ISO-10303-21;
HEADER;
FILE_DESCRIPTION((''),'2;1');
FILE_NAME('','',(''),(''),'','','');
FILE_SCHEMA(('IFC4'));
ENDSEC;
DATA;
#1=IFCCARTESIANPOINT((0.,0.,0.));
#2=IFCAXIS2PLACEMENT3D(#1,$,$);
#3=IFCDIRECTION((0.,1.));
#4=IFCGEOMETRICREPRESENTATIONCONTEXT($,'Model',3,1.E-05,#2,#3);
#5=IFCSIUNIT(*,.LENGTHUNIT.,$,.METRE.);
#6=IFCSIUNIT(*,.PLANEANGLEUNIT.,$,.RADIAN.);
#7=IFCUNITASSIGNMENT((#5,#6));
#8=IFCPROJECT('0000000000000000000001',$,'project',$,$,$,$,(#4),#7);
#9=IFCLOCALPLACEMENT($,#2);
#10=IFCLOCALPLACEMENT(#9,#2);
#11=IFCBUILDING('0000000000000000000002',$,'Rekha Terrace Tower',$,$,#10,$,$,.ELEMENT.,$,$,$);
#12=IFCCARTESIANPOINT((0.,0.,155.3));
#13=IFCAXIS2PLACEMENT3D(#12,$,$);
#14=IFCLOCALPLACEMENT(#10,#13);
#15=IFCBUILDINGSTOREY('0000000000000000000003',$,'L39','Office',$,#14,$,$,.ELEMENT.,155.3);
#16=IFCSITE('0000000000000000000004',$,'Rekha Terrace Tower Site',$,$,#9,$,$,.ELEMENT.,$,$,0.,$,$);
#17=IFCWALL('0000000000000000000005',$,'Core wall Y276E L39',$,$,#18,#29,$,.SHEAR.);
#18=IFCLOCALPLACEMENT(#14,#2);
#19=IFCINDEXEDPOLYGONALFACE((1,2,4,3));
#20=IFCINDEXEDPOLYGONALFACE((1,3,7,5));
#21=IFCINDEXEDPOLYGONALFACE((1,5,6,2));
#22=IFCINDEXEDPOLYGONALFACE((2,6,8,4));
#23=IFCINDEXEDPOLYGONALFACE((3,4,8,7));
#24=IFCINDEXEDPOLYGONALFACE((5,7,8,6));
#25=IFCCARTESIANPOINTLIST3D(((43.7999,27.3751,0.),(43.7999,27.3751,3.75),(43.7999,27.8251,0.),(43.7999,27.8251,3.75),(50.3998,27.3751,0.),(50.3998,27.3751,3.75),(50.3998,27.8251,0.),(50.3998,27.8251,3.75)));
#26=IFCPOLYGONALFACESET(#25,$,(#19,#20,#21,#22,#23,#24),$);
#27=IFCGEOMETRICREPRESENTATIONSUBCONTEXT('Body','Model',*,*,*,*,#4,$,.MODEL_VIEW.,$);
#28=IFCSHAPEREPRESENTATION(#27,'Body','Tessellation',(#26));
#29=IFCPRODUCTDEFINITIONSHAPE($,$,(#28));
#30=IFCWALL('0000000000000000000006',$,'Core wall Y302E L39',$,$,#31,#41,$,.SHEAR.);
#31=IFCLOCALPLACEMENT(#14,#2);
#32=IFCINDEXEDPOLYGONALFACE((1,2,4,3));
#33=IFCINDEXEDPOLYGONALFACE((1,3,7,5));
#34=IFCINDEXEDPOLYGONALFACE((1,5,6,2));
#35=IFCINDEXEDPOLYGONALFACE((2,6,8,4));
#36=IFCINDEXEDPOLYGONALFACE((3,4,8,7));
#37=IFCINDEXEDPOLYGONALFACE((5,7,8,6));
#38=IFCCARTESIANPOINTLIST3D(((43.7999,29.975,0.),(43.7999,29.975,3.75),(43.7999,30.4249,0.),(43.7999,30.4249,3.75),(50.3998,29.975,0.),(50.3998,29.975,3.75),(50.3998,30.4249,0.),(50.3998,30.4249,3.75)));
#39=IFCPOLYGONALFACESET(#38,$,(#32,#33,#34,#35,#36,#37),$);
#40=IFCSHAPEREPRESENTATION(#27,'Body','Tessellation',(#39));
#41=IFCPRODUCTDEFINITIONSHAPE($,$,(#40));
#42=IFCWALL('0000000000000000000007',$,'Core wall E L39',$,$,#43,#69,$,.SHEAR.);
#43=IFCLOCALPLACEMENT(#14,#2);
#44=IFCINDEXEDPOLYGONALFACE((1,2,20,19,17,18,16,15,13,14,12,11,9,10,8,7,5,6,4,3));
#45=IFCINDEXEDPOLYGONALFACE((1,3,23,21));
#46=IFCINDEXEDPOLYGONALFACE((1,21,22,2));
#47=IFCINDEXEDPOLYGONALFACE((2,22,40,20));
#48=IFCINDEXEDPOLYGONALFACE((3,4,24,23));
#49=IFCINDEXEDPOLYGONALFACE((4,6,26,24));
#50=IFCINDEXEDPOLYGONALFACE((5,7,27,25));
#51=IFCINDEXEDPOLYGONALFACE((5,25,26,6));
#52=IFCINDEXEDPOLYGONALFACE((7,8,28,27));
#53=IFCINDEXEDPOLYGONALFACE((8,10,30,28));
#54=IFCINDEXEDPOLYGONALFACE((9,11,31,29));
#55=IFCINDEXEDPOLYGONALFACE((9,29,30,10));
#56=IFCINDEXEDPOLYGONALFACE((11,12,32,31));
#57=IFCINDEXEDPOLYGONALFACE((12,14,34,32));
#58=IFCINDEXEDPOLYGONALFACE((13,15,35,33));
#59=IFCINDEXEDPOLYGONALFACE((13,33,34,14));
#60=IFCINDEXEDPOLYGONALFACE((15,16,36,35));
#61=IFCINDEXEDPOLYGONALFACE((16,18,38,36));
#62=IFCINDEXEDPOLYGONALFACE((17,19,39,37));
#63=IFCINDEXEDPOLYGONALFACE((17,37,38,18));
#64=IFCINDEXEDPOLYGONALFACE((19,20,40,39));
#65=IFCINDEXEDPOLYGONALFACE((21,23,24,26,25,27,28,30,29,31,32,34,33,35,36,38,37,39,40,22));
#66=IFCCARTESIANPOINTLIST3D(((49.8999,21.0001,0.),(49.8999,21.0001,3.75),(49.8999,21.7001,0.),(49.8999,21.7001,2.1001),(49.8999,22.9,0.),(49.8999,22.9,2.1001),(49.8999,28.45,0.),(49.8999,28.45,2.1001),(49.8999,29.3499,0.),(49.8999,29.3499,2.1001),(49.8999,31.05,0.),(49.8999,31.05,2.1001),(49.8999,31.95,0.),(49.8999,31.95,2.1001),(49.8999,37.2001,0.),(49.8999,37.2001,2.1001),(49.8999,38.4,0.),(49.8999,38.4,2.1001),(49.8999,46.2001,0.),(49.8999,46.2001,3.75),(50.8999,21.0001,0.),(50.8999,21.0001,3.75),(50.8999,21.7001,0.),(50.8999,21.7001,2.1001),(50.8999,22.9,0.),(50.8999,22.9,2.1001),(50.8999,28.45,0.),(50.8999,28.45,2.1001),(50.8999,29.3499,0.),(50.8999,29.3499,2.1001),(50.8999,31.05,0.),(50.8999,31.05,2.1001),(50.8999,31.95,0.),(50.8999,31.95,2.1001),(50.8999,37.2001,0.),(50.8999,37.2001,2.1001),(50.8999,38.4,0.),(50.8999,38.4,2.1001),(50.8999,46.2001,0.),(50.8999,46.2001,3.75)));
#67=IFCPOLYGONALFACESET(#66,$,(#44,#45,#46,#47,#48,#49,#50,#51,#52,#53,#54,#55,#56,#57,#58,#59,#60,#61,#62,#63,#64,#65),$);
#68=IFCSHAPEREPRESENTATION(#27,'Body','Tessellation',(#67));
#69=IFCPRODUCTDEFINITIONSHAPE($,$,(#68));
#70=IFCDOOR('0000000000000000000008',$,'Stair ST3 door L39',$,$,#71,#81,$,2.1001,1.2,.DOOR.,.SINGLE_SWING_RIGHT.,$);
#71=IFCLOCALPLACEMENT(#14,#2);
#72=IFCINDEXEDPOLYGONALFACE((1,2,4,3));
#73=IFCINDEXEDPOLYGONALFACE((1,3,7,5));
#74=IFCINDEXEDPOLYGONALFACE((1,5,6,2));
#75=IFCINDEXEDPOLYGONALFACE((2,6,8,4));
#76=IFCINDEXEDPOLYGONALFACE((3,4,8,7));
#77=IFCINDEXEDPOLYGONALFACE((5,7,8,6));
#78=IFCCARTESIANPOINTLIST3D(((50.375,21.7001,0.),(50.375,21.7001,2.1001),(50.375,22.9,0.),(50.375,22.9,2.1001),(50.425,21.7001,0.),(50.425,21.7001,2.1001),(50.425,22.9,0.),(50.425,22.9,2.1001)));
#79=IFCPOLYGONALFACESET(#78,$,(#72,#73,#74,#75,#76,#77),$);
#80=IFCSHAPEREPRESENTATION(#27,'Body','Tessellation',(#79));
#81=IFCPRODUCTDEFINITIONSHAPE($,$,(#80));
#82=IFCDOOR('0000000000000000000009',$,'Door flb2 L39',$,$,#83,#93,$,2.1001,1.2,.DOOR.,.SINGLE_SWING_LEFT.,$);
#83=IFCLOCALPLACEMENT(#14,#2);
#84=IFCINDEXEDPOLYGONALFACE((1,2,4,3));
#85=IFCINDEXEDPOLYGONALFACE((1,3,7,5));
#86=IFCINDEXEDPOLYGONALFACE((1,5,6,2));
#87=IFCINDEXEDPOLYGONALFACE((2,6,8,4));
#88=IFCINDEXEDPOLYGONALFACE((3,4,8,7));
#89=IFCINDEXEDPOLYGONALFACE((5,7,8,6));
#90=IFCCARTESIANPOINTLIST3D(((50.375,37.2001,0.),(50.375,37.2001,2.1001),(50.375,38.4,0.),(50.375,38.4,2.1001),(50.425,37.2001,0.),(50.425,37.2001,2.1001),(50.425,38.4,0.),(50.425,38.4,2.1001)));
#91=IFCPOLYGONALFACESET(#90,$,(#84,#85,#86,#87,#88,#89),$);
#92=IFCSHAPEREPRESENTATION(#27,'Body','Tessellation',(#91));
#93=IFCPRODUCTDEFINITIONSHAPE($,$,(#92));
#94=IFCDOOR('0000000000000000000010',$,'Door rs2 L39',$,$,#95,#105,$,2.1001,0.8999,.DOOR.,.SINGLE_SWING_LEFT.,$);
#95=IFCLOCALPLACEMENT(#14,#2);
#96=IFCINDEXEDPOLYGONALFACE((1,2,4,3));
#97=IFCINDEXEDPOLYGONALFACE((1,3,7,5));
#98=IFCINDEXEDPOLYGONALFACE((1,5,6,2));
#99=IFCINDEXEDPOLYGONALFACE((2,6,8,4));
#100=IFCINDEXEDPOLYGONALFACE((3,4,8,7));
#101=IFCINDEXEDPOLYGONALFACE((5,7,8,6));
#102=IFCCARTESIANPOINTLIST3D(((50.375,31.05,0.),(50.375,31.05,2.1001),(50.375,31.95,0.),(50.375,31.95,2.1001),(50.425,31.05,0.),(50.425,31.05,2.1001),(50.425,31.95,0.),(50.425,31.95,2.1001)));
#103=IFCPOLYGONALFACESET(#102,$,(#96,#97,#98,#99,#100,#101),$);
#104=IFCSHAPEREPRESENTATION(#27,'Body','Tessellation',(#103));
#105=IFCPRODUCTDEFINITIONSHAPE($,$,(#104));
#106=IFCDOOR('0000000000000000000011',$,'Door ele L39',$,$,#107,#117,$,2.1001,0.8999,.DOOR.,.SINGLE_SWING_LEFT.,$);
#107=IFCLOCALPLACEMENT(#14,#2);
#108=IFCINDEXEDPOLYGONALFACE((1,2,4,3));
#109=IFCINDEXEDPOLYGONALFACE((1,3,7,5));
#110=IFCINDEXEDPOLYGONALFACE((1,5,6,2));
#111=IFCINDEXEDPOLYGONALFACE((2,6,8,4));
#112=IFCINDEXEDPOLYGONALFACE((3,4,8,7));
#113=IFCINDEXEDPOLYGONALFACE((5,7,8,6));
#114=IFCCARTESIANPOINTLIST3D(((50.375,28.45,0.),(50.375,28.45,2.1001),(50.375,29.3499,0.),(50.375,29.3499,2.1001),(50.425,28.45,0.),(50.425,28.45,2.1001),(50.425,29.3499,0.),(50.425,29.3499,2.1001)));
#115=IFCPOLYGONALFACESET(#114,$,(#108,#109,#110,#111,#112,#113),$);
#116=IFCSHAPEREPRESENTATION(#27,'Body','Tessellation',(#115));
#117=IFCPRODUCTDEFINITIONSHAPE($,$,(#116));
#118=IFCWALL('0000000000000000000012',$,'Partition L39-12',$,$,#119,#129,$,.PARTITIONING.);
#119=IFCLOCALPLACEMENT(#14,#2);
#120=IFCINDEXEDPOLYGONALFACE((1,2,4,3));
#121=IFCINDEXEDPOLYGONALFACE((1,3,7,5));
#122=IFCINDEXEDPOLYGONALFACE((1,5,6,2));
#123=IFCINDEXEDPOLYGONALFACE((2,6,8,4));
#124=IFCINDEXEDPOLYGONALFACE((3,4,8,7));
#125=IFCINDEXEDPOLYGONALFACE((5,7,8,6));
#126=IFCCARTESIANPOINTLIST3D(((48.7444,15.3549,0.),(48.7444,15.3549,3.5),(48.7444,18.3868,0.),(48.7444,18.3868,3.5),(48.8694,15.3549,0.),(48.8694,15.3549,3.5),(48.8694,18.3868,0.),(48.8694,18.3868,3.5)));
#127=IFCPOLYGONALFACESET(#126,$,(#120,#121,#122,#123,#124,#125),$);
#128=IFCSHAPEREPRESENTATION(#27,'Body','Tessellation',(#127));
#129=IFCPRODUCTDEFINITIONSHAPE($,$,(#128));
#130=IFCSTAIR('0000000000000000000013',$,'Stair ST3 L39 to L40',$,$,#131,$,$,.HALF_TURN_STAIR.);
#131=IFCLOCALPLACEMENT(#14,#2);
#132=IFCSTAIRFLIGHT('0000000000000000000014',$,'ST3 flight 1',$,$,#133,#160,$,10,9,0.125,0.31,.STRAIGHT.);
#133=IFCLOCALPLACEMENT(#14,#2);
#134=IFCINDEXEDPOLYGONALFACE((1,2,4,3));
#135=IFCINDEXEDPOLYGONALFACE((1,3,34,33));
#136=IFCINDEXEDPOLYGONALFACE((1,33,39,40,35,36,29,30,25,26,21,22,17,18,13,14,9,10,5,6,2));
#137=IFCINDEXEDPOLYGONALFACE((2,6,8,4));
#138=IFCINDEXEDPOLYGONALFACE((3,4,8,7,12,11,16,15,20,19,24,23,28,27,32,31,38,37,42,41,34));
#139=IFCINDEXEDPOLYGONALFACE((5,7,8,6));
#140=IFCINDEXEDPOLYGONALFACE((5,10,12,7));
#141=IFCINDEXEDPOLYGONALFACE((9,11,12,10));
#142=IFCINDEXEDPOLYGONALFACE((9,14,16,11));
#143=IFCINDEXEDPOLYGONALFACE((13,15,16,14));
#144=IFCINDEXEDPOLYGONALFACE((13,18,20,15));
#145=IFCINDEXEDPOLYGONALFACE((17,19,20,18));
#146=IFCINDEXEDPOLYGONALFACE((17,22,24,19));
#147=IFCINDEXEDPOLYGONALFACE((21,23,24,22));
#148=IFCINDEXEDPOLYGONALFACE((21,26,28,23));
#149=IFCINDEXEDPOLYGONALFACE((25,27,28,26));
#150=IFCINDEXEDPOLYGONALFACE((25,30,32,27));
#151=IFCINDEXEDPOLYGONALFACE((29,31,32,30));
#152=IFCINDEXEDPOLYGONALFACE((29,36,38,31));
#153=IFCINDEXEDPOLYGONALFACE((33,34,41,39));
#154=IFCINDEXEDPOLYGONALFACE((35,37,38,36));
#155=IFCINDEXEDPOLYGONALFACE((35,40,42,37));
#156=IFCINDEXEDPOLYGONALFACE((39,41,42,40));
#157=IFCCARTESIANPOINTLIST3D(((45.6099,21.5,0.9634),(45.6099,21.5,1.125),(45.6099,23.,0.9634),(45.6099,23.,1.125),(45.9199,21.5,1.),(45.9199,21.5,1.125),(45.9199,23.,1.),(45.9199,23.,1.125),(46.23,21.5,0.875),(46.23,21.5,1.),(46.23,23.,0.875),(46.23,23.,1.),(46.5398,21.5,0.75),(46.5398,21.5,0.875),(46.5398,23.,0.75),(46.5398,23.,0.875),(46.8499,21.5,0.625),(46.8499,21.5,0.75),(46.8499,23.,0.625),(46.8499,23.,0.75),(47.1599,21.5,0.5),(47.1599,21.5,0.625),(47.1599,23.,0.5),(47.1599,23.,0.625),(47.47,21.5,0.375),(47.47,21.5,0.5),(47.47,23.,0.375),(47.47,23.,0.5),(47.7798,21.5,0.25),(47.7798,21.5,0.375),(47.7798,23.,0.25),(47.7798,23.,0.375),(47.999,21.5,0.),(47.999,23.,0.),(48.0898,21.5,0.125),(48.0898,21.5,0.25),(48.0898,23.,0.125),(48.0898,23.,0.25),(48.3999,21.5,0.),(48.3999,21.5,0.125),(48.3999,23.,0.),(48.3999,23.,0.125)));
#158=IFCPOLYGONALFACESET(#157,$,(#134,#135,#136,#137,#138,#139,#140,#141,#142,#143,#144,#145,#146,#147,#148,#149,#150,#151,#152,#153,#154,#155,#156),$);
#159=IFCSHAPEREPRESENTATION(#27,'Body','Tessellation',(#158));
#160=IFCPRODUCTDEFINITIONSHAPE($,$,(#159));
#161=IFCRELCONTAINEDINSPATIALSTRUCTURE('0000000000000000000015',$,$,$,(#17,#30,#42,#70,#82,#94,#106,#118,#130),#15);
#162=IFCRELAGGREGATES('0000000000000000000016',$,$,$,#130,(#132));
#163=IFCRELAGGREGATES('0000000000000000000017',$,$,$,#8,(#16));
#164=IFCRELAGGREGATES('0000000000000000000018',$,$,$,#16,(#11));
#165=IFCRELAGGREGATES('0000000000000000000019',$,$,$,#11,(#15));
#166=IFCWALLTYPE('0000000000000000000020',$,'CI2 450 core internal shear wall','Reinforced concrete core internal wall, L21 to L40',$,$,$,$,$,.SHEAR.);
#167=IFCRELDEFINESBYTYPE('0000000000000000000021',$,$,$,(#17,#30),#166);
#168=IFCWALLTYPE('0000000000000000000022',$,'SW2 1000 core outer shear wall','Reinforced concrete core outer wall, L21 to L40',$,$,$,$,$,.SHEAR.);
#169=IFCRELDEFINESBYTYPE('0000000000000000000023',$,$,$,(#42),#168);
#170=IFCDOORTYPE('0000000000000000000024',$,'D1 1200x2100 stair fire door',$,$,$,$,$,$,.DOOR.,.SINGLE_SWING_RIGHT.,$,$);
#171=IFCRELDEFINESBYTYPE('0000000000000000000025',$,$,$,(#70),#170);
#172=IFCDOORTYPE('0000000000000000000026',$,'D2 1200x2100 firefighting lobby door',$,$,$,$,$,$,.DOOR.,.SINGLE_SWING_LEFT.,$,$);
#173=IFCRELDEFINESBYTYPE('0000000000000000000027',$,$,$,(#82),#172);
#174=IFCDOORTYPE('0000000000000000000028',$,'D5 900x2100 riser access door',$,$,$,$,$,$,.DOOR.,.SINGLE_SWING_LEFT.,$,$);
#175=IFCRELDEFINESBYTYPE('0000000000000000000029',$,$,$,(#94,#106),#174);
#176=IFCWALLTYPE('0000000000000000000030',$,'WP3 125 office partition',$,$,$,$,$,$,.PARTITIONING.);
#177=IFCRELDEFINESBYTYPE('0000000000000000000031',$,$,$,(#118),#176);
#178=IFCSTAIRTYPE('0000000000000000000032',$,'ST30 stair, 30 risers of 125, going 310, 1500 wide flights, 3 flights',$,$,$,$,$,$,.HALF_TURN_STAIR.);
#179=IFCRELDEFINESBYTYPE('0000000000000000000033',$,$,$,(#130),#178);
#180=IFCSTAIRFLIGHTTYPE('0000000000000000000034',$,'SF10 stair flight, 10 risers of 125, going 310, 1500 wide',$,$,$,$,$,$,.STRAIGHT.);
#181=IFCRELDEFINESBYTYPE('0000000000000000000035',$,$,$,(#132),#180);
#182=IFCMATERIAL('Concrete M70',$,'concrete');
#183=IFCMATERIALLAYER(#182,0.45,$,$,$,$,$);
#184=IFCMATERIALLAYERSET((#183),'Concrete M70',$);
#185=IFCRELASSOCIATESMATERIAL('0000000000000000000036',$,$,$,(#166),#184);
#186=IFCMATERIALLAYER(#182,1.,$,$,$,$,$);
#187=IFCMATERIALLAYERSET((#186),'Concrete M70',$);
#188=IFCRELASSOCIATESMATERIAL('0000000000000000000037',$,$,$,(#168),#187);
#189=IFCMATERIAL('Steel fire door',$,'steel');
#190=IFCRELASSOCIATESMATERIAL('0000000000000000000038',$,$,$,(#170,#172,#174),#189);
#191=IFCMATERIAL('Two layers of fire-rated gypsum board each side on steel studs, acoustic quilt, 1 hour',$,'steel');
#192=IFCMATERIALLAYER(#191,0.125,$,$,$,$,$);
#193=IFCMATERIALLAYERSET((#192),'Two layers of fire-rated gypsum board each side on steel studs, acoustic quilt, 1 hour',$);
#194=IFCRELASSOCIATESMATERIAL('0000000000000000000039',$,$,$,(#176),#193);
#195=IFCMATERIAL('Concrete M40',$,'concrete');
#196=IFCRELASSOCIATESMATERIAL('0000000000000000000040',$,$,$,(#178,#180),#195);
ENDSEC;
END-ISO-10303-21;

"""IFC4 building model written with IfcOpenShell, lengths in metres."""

from ifc_helpers import new_model, si_unit, direction, frame, frame_2d, origin, place, context, subcontext, project, spatial, polyline, rectangle, outline, extrude, material, layer, layer_set, type_object, element, fill, aggregate, save


model = new_model("IFC4")

# Units and contexts
model_context = context("Model", 3, precision=1e-05, world=origin(), true_north=direction((0.0, 1.0)))
body_context = subcontext(model_context, "Body", "Model", "MODEL_VIEW")
ifc_project = project(units=[si_unit("LENGTHUNIT", "METRE"), si_unit("PLANEANGLEUNIT", "RADIAN")], contexts=[model_context])

# Site, building, storey
site_placement = place(None, origin())
site = spatial("IfcSite", under=ifc_project, at=site_placement, Name="Rekha Terrace Tower Site", CompositionType="ELEMENT", RefElevation=0.0)
building_placement = place(site_placement, origin())
building = spatial("IfcBuilding", under=site, at=building_placement, Name="Rekha Terrace Tower", CompositionType="ELEMENT")
storey_placement = place(building_placement, frame((0.0, 0.0, 155.3)))
storey = spatial("IfcBuildingStorey", under=building, at=storey_placement, Name="L39", Description="Office", CompositionType="ELEMENT", Elevation=155.3)

# Shared definitions
ifc_material_1 = material(Name="Concrete M70", Category="concrete")

# Walls
ifc_layer_1 = layer(ifc_material_1, 0.45)
ifc_layer_set_1 = layer_set([ifc_layer_1], Name="Concrete M70")
wall_type_1 = type_object("IfcWallType", Name="CI2 450 core internal shear wall", Description="Reinforced concrete core internal wall, L21 to L40", PredefinedType="SHEAR", material=ifc_layer_set_1)
for number, where, z_axis, x_axis, name in (
    (1, (43.8, 27.6001, 0.0), (0.0, 0.0, 1.0), (1.0, 0.0, 0.0), "Core wall Y276E L39"),
    (2, (43.8, 30.2, 0.0), (0.0, 0.0, 1.0), (1.0, 0.0, 0.0), "Core wall Y302E L39"),
):
    element("IfcWall", number, at=place(storey_placement, frame(where, z_axis=z_axis, x_axis=x_axis)), inside=storey, type_object=wall_type_1, Name=name, PredefinedType="SHEAR", context=body_context, shape_type="SweptSolid", body=[
        extrude(rectangle(XDim=6.5999, YDim=0.45, at=frame_2d((3.2998, 0.0))), origin(), (0.0, 0.0, 1.0), 3.75),
    ])

# Wall, openings, doors
ifc_layer_2 = layer(ifc_material_1, 1.0)
ifc_layer_set_2 = layer_set([ifc_layer_2], Name="Concrete M70")
wall_type_2 = type_object("IfcWallType", Name="SW2 1000 core outer shear wall", Description="Reinforced concrete core outer wall, L21 to L40", PredefinedType="SHEAR", material=ifc_layer_set_2)
wall_1_placement = place(storey_placement, frame((50.3999, 21.0, 0.0), z_axis=(0.0, 0.0, 1.0), x_axis=(0.0, 1.0, 0.0)))
wall_1 = element("IfcWall", 3, at=wall_1_placement, inside=storey, type_object=wall_type_2, Name="Core wall E L39", PredefinedType="SHEAR", context=body_context, shape_type="SweptSolid", body=[
    extrude(rectangle(XDim=25.2, YDim=1.0, at=frame_2d((12.6001, 0.0))), origin(), (0.0, 0.0, 1.0), 3.75),
])
opening_1_placement = place(wall_1_placement, frame((16.2, 0.0, 0.0)))
opening_1 = element("IfcOpeningElement", 4, at=opening_1_placement, cuts=wall_1, PredefinedType="OPENING", context=body_context, shape_type="SweptSolid", body=[
    extrude(rectangle(XDim=1.2, YDim=2.1001, at=frame_2d((0.6001, 1.05))), frame((0.0, 0.51, 0.0), z_axis=(0.0, -1.0, 0.0), x_axis=(1.0, 0.0, 0.0)), (0.0, 0.0, 1.0), 1.02),
])
opening_2_placement = place(wall_1_placement, frame((10.05, 0.0, 0.0)))
opening_2 = element("IfcOpeningElement", 5, at=opening_2_placement, cuts=wall_1, PredefinedType="OPENING", context=body_context, shape_type="SweptSolid", body=[
    extrude(rectangle(XDim=0.8999, YDim=2.1001, at=frame_2d((0.45, 1.05))), frame((0.0, 0.51, 0.0), z_axis=(0.0, -1.0, 0.0), x_axis=(1.0, 0.0, 0.0)), (0.0, 0.0, 1.0), 1.02),
])
opening_3_placement = place(wall_1_placement, frame((7.45, 0.0, 0.0)))
opening_3 = element("IfcOpeningElement", 6, at=opening_3_placement, cuts=wall_1, PredefinedType="OPENING", context=body_context, shape_type="SweptSolid", body=[
    extrude(rectangle(XDim=0.8999, YDim=2.1001, at=frame_2d((0.45, 1.05))), frame((0.0, 0.51, 0.0), z_axis=(0.0, -1.0, 0.0), x_axis=(1.0, 0.0, 0.0)), (0.0, 0.0, 1.0), 1.02),
])
opening_4_placement = place(wall_1_placement, frame((0.7, 0.0, 0.0)))
opening_4 = element("IfcOpeningElement", 7, at=opening_4_placement, cuts=wall_1, PredefinedType="OPENING", context=body_context, shape_type="SweptSolid", body=[
    extrude(rectangle(XDim=1.2, YDim=2.1001, at=frame_2d((0.6001, 1.05))), frame((0.0, 0.51, 0.0), z_axis=(0.0, -1.0, 0.0), x_axis=(1.0, 0.0, 0.0)), (0.0, 0.0, 1.0), 1.02),
])
ifc_material_2 = material(Name="Steel fire door", Category="steel")
door_type_1 = type_object("IfcDoorType", Name="D1 1200x2100 stair fire door", OperationType="SINGLE_SWING_RIGHT", PredefinedType="DOOR", material=ifc_material_2)
door_1_placement = place(opening_4_placement, origin())
door_1 = element("IfcDoor", 8, at=door_1_placement, inside=storey, type_object=door_type_1, Name="Stair ST3 door L39", OperationType="SINGLE_SWING_RIGHT", OverallHeight=2.1001, OverallWidth=1.2, PredefinedType="DOOR", context=body_context, shape_type="SweptSolid", body=[
    extrude(rectangle(XDim=1.2, YDim=2.1001, at=frame_2d((0.6001, 1.05))), frame((0.0, 0.0249, 0.0), z_axis=(0.0, -1.0, 0.0), x_axis=(1.0, 0.0, 0.0)), (0.0, 0.0, 1.0), 0.05),
])
fill(opening_4, door_1)
door_type_2 = type_object("IfcDoorType", Name="D2 1200x2100 firefighting lobby door", OperationType="SINGLE_SWING_LEFT", PredefinedType="DOOR", material=ifc_material_2)
door_2_placement = place(opening_1_placement, origin())
door_2 = element("IfcDoor", 9, at=door_2_placement, inside=storey, type_object=door_type_2, Name="Door flb2 L39", OperationType="SINGLE_SWING_LEFT", OverallHeight=2.1001, OverallWidth=1.2, PredefinedType="DOOR", context=body_context, shape_type="SweptSolid", body=[
    extrude(rectangle(XDim=1.2, YDim=2.1001, at=frame_2d((0.6001, 1.05))), frame((0.0, 0.0249, 0.0), z_axis=(0.0, -1.0, 0.0), x_axis=(1.0, 0.0, 0.0)), (0.0, 0.0, 1.0), 0.05),
])
fill(opening_1, door_2)
door_type_3 = type_object("IfcDoorType", Name="D5 900x2100 riser access door", OperationType="SINGLE_SWING_LEFT", PredefinedType="DOOR", material=ifc_material_2)
door_3_placement = place(opening_2_placement, origin())
door_3 = element("IfcDoor", 10, at=door_3_placement, inside=storey, type_object=door_type_3, Name="Door rs2 L39", OperationType="SINGLE_SWING_LEFT", OverallHeight=2.1001, OverallWidth=0.8999, PredefinedType="DOOR", context=body_context, shape_type="SweptSolid", body=[
    extrude(rectangle(XDim=0.8999, YDim=2.1001, at=frame_2d((0.45, 1.05))), frame((0.0, 0.0249, 0.0), z_axis=(0.0, -1.0, 0.0), x_axis=(1.0, 0.0, 0.0)), (0.0, 0.0, 1.0), 0.05),
])
fill(opening_2, door_3)
door_4_placement = place(opening_3_placement, origin())
door_4 = element("IfcDoor", 11, at=door_4_placement, inside=storey, type_object=door_type_3, Name="Door ele L39", OperationType="SINGLE_SWING_LEFT", OverallHeight=2.1001, OverallWidth=0.8999, PredefinedType="DOOR", context=body_context, shape_type="SweptSolid", body=[
    extrude(rectangle(XDim=0.8999, YDim=2.1001, at=frame_2d((0.45, 1.05))), frame((0.0, 0.0249, 0.0), z_axis=(0.0, -1.0, 0.0), x_axis=(1.0, 0.0, 0.0)), (0.0, 0.0, 1.0), 0.05),
])
fill(opening_3, door_4)

# Wall
ifc_material_3 = material(Name="Two layers of fire-rated gypsum board each side on steel studs, acoustic quilt, 1 hour", Category="steel")
ifc_layer_3 = layer(ifc_material_3, 0.125)
ifc_layer_set_3 = layer_set([ifc_layer_3], Name="Two layers of fire-rated gypsum board each side on steel studs, acoustic quilt, 1 hour")
wall_type_3 = type_object("IfcWallType", Name="WP3 125 office partition", PredefinedType="PARTITIONING", material=ifc_layer_set_3)
wall_2_placement = place(storey_placement, frame((48.8069, 18.387, 0.0), z_axis=(0.0, 0.0, 1.0), x_axis=(0.0, -1.0, 0.0)))
element("IfcWall", 12, at=wall_2_placement, inside=storey, type_object=wall_type_3, Name="Partition L39-12", PredefinedType="PARTITIONING", context=body_context, shape_type="SweptSolid", body=[
    extrude(rectangle(XDim=3.032, YDim=0.125, at=frame_2d((1.5161, 0.0))), origin(), (0.0, 0.0, 1.0), 3.5),
])

# Stair, stair flight
ifc_material_4 = material(Name="Concrete M40", Category="concrete")
stair_type = type_object("IfcStairType", Name="ST30 stair, 30 risers of 125, going 310, 1500 wide flights, 3 flights", PredefinedType="HALF_TURN_STAIR", material=ifc_material_4)
stair_placement = place(storey_placement, origin())
stair = element("IfcStair", 13, at=stair_placement, inside=storey, type_object=stair_type, Name="Stair ST3 L39 to L40", PredefinedType="HALF_TURN_STAIR")
stair_flight_type = type_object("IfcStairFlightType", Name="SF10 stair flight, 10 risers of 125, going 310, 1500 wide", PredefinedType="STRAIGHT", material=ifc_material_4)
stair_flight_1_placement = place(storey_placement, frame((48.3999, 22.25, 0.0), z_axis=(0.0, 0.0, 1.0), x_axis=(-1.0, 0.0, 0.0)))
stair_flight_1 = element("IfcStairFlight", 14, at=stair_flight_1_placement, type_object=stair_flight_type, Name="ST3 flight 1", NumberOfRisers=10, NumberOfTreads=9, PredefinedType="STRAIGHT", RiserHeight=0.125, TreadLength=0.31, context=body_context, shape_type="SweptSolid", body=[
    extrude(outline(polyline([(0.0, 0.0), (0.0, 0.125), (0.3101, 0.125), (0.3101, 0.25), (0.6201, 0.25), (0.6201, 0.375), (0.9299, 0.375), (0.9299, 0.5), (1.24, 0.5), (1.24, 0.625), (1.55, 0.625), (1.55, 0.75), (1.8601, 0.75), (1.8601, 0.875), (2.1699, 0.875), (2.1699, 1.0), (2.48, 1.0), (2.48, 1.125), (2.79, 1.125), (2.79, 1.25), (2.79, 0.9634), (0.4009, 0.0), (0.0, 0.0)])), frame((0.0, 0.75, 0.0), z_axis=(0.0, -1.0, 0.0), x_axis=(1.0, 0.0, 0.0)), (0.0, 0.0, 1.0), 1.5),
])
aggregate(stair, [stair_flight_1])

save(model, "model.ifc")
